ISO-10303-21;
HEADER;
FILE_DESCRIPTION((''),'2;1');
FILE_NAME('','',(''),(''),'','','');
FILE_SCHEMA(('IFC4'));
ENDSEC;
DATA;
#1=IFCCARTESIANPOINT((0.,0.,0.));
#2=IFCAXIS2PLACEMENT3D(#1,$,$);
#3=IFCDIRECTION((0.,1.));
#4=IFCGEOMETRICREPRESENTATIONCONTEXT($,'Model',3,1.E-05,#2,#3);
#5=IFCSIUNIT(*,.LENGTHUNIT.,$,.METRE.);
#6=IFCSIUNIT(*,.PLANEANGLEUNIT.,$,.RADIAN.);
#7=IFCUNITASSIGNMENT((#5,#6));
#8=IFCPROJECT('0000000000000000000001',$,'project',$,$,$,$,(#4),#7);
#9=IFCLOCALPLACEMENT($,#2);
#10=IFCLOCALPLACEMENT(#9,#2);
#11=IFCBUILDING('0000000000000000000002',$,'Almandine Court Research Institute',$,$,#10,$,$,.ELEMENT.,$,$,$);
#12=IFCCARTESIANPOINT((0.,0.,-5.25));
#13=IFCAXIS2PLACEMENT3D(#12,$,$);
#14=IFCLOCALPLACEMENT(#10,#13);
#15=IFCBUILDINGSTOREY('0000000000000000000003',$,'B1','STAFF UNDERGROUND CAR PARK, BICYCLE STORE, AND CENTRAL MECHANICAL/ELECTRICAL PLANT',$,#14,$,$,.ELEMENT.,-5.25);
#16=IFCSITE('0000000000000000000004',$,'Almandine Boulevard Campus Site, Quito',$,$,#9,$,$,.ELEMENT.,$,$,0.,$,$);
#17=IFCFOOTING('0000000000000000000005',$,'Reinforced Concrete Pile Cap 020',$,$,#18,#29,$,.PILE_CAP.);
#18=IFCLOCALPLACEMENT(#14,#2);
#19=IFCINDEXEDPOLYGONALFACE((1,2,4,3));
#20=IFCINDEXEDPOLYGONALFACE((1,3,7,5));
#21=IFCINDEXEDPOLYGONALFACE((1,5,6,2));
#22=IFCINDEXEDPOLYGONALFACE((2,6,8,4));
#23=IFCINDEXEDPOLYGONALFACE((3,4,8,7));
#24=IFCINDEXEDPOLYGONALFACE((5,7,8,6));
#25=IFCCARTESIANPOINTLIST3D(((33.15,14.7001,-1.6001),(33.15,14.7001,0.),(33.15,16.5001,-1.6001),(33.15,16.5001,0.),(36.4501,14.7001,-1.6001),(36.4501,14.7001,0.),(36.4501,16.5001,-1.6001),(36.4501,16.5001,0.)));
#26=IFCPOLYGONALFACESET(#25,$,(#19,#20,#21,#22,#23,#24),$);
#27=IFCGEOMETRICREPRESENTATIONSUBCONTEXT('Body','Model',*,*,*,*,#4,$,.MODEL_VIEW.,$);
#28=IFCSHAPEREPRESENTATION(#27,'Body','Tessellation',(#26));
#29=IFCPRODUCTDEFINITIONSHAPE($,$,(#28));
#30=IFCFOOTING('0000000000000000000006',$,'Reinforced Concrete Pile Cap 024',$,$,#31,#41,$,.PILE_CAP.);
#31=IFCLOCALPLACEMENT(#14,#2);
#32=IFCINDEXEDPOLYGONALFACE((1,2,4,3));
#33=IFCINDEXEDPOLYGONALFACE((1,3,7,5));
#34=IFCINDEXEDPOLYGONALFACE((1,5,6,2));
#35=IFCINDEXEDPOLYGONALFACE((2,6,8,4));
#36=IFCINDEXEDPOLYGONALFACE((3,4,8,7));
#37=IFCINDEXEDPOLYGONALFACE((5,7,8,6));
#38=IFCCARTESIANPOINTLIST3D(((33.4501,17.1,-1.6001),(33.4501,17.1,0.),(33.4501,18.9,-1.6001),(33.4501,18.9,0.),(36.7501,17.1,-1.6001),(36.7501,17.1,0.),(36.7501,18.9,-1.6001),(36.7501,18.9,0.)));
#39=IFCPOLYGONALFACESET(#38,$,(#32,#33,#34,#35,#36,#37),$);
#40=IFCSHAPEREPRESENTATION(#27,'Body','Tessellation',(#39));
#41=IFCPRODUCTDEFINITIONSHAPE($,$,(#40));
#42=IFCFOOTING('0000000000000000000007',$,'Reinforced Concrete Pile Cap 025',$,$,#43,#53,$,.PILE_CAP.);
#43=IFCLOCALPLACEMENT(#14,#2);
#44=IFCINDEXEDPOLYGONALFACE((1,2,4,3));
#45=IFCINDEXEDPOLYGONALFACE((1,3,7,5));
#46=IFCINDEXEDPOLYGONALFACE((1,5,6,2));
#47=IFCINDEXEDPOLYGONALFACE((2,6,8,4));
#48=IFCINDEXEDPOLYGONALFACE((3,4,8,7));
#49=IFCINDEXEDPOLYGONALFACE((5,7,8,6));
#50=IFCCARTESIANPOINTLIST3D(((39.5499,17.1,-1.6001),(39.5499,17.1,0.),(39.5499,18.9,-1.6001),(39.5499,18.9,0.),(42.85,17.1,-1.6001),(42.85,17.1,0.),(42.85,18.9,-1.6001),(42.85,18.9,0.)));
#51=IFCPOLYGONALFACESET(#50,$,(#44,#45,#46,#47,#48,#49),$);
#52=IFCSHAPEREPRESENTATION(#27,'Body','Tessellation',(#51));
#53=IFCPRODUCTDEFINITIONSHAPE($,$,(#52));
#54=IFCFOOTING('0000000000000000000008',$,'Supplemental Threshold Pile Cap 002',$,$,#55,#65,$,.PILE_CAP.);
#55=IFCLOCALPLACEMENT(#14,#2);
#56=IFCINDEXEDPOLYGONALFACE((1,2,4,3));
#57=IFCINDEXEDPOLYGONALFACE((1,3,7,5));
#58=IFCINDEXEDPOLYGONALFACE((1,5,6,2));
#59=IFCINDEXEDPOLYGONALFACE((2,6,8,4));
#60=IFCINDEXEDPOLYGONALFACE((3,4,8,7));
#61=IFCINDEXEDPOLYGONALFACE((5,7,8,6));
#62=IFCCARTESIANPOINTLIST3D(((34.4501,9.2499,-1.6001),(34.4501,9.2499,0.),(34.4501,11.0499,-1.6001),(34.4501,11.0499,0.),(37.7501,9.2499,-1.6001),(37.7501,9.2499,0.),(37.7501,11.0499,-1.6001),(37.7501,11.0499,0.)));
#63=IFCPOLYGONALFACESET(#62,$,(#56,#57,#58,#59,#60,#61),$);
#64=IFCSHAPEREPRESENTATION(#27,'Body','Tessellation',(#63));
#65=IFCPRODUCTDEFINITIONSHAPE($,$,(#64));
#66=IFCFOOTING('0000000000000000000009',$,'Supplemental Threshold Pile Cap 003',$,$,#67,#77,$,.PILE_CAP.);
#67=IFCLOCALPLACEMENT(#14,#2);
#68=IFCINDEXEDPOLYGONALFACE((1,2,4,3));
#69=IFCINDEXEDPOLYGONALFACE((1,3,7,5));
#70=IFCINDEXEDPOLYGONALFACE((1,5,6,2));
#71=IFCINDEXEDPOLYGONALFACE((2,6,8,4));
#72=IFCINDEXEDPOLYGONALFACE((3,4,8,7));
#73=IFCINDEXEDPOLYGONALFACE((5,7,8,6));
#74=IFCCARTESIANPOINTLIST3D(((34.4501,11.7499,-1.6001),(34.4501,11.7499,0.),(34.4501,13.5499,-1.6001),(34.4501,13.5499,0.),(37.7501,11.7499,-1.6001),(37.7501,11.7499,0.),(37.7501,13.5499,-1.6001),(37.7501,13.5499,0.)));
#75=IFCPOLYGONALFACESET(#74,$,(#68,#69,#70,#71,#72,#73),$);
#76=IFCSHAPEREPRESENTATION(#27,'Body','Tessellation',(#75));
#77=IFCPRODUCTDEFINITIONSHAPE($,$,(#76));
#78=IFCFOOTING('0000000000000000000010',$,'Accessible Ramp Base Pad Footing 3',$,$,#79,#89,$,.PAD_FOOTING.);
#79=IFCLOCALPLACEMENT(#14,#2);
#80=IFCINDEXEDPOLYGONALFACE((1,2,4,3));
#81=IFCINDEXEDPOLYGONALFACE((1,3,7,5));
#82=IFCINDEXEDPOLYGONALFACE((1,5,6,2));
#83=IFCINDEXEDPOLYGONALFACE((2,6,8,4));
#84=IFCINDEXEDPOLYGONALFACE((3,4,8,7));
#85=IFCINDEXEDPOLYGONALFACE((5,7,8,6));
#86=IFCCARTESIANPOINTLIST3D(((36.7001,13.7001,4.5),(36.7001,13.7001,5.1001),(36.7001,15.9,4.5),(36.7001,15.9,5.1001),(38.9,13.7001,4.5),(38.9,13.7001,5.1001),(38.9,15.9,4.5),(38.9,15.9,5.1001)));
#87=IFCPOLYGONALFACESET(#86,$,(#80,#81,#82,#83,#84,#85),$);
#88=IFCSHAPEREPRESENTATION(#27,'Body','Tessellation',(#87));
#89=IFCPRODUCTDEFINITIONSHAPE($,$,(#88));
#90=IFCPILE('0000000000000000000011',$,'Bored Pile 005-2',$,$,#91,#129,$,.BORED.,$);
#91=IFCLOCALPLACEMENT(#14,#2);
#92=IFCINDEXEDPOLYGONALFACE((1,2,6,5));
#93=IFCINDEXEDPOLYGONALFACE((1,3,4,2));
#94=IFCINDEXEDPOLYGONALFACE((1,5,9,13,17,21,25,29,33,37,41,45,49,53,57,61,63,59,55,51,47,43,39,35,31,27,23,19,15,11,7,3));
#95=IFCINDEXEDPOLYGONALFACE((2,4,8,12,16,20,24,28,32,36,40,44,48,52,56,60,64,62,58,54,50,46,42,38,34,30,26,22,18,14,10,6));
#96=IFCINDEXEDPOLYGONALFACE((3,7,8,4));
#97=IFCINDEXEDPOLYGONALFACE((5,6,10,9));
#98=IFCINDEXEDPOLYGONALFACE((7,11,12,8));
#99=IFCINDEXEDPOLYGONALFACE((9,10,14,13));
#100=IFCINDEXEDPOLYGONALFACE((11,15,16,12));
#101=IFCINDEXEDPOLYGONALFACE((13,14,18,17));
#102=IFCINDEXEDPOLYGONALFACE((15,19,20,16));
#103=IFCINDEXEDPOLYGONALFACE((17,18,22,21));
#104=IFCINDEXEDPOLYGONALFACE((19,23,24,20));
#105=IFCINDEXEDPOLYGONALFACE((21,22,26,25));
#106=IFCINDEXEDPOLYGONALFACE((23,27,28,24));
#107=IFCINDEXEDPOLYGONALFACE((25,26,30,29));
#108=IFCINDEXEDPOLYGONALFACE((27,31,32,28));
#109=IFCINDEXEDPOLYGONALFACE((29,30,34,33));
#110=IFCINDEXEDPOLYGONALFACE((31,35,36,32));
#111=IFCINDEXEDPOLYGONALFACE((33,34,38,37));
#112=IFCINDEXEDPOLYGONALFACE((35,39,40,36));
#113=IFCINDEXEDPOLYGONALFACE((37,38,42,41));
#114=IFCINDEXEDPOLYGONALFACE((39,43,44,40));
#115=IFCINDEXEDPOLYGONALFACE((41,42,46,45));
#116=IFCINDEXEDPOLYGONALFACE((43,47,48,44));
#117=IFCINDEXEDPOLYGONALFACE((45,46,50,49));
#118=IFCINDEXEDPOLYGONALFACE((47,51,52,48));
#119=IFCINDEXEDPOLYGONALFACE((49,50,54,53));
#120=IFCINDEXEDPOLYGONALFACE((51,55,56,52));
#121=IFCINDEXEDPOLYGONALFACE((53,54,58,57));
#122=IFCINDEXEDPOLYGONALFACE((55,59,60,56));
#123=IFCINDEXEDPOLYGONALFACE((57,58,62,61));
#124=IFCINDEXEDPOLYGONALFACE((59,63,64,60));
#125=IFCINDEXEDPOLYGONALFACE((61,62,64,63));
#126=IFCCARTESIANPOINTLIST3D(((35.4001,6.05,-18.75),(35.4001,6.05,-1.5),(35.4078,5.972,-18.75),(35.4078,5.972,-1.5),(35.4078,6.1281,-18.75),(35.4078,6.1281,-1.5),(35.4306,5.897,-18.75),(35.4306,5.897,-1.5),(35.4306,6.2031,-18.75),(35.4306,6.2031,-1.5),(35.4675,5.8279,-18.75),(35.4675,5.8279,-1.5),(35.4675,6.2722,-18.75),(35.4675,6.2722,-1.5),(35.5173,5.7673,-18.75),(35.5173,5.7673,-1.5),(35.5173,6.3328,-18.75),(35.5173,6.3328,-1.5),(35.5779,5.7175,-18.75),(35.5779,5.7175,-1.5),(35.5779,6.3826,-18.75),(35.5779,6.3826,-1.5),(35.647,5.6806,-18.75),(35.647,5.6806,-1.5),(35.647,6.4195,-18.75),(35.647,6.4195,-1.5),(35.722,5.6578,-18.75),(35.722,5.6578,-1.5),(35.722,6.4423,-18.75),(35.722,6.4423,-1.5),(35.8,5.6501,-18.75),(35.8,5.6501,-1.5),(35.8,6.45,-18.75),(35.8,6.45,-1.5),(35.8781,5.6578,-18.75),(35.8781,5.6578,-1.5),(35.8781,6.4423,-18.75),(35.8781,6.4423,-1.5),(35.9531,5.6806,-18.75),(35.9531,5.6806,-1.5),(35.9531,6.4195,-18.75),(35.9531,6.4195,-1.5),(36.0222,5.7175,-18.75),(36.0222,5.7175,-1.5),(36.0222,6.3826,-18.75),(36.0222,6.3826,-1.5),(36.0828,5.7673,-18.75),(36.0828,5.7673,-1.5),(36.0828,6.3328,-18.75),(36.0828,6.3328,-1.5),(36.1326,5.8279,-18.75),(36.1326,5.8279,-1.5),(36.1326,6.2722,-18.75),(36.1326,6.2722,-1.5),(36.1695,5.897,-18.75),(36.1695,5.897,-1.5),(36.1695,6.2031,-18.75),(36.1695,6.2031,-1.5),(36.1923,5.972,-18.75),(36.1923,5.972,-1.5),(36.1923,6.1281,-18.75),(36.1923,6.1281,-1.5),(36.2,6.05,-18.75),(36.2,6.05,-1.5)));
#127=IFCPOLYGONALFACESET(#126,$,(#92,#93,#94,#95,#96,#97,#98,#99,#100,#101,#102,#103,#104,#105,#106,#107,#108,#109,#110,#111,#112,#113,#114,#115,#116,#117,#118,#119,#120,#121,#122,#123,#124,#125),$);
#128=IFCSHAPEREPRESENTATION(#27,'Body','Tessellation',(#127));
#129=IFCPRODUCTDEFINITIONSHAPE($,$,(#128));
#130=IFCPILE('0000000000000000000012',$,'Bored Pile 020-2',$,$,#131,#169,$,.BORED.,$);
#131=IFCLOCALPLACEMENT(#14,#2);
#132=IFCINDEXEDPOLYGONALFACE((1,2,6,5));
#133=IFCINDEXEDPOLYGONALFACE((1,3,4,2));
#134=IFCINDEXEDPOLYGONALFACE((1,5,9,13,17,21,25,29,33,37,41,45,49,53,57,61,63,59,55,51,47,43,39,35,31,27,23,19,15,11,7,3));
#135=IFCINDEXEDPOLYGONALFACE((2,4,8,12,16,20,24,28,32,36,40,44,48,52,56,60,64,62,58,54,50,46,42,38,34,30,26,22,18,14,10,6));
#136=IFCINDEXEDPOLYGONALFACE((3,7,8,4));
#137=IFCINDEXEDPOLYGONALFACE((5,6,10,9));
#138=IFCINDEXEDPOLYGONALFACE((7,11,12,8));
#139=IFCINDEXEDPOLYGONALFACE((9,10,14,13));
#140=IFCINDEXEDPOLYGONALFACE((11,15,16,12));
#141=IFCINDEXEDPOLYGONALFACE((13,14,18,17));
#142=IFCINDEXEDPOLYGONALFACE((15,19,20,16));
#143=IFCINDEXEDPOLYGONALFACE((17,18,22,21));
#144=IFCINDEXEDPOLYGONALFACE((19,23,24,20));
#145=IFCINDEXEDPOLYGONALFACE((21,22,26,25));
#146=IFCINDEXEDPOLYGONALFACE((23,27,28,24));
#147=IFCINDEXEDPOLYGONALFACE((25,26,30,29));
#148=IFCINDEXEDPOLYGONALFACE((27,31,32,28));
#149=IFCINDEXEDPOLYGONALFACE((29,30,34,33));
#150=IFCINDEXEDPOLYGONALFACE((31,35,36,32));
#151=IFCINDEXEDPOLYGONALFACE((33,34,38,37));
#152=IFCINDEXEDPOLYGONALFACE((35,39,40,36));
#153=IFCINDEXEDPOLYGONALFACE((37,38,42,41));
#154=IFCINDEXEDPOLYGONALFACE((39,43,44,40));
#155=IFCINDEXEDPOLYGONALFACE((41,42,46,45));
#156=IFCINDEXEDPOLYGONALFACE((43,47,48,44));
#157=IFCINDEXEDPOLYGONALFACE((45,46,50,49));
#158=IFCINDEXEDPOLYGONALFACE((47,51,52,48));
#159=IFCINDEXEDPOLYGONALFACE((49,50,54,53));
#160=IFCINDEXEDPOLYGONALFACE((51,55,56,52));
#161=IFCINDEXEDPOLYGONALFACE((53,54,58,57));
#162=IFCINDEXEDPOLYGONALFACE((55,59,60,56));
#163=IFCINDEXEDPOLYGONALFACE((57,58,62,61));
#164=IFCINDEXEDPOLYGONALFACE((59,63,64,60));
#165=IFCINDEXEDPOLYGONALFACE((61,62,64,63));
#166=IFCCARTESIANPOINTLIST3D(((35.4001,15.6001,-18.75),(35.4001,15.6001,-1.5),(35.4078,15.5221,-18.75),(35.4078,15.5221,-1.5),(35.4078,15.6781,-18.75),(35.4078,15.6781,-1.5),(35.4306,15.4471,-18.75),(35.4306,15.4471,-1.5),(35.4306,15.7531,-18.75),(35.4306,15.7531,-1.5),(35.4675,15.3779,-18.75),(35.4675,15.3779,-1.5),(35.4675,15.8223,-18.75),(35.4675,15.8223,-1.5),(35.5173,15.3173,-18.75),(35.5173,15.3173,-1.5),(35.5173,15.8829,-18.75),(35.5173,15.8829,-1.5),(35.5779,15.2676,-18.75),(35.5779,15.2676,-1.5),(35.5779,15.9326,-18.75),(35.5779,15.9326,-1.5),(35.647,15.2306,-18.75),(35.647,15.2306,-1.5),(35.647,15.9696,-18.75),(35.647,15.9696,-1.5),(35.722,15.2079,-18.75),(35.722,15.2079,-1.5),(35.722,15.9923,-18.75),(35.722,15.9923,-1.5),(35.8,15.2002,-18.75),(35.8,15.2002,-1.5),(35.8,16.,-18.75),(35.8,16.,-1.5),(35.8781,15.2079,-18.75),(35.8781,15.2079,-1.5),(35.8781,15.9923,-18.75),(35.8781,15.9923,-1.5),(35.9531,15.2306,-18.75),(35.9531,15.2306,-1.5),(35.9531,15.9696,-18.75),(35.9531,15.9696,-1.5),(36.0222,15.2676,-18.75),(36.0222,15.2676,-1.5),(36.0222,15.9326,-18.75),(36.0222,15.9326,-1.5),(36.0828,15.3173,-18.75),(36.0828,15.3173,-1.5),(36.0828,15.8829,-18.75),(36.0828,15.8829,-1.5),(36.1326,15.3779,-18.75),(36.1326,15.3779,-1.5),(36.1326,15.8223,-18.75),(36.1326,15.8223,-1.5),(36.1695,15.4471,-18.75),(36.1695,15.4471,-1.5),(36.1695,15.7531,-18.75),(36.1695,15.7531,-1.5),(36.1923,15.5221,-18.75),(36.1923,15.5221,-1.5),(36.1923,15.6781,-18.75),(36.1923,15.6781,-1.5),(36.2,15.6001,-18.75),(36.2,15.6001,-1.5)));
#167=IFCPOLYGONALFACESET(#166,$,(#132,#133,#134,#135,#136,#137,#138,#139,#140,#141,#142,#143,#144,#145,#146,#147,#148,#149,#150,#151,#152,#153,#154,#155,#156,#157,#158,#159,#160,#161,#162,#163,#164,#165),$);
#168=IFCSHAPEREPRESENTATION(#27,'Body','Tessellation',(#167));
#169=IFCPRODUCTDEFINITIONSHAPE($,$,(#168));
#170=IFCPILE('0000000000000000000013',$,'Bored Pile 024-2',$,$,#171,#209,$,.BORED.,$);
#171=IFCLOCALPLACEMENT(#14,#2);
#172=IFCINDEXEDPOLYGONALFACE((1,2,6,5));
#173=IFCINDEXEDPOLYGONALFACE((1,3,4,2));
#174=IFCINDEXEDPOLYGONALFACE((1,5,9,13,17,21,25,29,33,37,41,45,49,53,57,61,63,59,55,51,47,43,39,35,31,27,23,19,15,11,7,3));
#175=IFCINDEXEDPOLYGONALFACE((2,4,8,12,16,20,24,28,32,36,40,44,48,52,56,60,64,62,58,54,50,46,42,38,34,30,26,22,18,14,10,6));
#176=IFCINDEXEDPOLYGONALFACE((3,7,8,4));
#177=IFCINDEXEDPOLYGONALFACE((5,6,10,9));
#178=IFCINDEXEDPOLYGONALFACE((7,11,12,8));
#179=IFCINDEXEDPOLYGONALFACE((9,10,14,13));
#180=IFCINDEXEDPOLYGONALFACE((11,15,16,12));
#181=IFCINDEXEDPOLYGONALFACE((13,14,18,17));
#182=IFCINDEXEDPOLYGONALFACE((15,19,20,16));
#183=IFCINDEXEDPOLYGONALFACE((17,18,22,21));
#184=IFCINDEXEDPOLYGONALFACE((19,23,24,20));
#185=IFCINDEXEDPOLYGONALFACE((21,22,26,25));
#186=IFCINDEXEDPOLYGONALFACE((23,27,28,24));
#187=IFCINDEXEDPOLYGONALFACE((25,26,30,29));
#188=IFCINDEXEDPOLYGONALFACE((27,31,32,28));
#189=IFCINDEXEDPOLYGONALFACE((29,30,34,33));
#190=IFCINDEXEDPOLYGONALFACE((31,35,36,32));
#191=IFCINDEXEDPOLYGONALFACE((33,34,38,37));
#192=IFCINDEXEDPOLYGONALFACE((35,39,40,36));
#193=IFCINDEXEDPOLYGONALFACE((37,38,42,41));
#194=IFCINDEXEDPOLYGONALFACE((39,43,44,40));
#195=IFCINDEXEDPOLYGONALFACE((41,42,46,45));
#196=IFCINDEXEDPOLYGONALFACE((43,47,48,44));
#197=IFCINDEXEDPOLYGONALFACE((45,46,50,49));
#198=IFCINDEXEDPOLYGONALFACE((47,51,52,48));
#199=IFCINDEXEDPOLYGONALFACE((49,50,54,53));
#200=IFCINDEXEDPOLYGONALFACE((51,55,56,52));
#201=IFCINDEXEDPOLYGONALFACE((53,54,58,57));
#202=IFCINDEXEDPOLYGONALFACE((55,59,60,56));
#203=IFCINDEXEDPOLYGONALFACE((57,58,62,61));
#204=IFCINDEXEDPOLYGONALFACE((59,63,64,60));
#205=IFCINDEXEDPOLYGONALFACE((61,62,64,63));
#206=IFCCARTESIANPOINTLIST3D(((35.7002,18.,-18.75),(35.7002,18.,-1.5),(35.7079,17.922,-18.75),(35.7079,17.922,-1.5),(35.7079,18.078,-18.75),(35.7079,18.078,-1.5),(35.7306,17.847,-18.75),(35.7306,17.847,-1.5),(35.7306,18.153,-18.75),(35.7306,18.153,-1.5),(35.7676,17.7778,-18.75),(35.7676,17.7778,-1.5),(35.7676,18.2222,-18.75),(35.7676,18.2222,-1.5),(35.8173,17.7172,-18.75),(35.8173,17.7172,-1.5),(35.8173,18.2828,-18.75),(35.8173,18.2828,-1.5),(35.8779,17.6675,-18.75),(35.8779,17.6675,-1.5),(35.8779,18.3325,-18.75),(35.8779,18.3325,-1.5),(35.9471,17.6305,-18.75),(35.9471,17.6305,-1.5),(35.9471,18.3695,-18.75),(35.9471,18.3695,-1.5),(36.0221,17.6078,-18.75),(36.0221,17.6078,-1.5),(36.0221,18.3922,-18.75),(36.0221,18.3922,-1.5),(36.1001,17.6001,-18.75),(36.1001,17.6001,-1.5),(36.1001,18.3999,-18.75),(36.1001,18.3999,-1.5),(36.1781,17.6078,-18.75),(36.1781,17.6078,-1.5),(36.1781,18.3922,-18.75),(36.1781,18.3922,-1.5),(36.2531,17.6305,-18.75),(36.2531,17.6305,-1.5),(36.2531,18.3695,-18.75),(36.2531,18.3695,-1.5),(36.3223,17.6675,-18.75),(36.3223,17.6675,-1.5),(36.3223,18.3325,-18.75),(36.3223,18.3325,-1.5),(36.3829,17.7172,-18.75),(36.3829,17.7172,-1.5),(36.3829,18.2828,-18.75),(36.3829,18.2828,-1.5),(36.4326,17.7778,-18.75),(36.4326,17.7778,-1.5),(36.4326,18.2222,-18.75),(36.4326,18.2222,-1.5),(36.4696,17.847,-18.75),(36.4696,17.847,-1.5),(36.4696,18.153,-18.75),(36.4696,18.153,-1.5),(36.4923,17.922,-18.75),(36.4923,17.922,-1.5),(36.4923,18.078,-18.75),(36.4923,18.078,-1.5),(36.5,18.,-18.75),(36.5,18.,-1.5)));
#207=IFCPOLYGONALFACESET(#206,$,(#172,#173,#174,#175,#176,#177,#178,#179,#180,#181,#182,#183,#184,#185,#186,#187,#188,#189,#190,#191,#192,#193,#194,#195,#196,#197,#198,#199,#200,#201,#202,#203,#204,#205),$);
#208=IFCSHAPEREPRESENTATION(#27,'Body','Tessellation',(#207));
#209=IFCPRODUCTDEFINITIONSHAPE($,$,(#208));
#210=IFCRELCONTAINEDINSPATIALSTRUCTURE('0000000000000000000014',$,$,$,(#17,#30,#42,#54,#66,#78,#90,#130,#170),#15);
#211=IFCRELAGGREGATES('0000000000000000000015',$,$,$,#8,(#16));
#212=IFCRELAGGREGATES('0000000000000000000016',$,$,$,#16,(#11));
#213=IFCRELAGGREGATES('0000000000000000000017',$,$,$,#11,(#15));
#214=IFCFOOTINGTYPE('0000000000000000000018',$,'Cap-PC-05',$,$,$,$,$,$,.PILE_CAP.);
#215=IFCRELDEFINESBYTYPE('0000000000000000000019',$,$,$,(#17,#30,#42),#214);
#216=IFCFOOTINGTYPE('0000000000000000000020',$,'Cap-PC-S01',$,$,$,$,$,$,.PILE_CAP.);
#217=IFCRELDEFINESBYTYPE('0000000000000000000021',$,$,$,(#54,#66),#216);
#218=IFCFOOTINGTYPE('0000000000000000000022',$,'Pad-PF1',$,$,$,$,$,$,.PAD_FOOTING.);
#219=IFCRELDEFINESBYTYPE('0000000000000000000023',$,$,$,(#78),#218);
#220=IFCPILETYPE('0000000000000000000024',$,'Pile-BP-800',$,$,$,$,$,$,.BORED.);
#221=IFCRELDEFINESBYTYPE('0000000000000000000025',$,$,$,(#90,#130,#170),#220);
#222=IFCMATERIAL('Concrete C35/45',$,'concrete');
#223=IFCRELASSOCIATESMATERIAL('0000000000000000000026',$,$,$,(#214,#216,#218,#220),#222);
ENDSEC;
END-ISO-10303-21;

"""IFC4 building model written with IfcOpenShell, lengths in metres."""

from ifc_helpers import new_model, si_unit, direction, frame, origin, origin_2d, place, context, subcontext, project, spatial, rectangle, circle, extrude, material, material_profile, profile_set, type_object, element, save


model = new_model("IFC4")

# Units and contexts
model_context = context("Model", 3, precision=1e-05, world=origin(), true_north=direction((0.0, 1.0)))
body_context = subcontext(model_context, "Body", "Model", "MODEL_VIEW")
ifc_project = project(units=[si_unit("LENGTHUNIT", "METRE"), si_unit("PLANEANGLEUNIT", "RADIAN")], contexts=[model_context])

# Site, building, storey
site_placement = place(None, origin())
site = spatial("IfcSite", under=ifc_project, at=site_placement, Name="Almandine Boulevard Campus Site, Quito", CompositionType="ELEMENT", RefElevation=0.0)
building_placement = place(site_placement, origin())
building = spatial("IfcBuilding", under=site, at=building_placement, Name="Almandine Court Research Institute", CompositionType="ELEMENT")
storey_placement = place(building_placement, frame((0.0, 0.0, -5.25)))
storey = spatial("IfcBuildingStorey", under=building, at=storey_placement, Name="B1", Description="STAFF UNDERGROUND CAR PARK, BICYCLE STORE, AND CENTRAL MECHANICAL/ELECTRICAL PLANT", CompositionType="ELEMENT", Elevation=-5.25)

# Footings
ifc_material_1 = material(Name="Concrete C35/45", Category="concrete")
footing_type_1 = type_object("IfcFootingType", Name="Cap-PC-05", PredefinedType="PILE_CAP", material=ifc_material_1)
for number, where, z_axis, x_axis, name in (
    (1, (34.8, 15.6001, -1.6001), (0.0, 0.0, 1.0), (1.0, 0.0, 0.0), "Reinforced Concrete Pile Cap 020"),
    (2, (35.1001, 18.0, -1.6001), (0.0, 0.0, 1.0), (1.0, 0.0, 0.0), "Reinforced Concrete Pile Cap 024"),
    (3, (41.2, 18.0, -1.6001), (0.0, 0.0, 1.0), (1.0, 0.0, 0.0), "Reinforced Concrete Pile Cap 025"),
):
    element("IfcFooting", number, at=place(storey_placement, frame(where, z_axis=z_axis, x_axis=x_axis)), inside=storey, type_object=footing_type_1, Name=name, PredefinedType="PILE_CAP", context=body_context, shape_type="SweptSolid", body=[
        extrude(rectangle(XDim=3.3, YDim=1.8, at=origin_2d()), origin(), (0.0, 0.0, 1.0), 1.6001),
    ])
footing_type_2 = type_object("IfcFootingType", Name="Cap-PC-S01", PredefinedType="PILE_CAP", material=ifc_material_1)
for number, where, z_axis, x_axis, name in (
    (4, (36.1001, 10.1499, -1.6001), (0.0, 0.0, 1.0), (1.0, 0.0, 0.0), "Supplemental Threshold Pile Cap 002"),
    (5, (36.1001, 12.6499, -1.6001), (0.0, 0.0, 1.0), (1.0, 0.0, 0.0), "Supplemental Threshold Pile Cap 003"),
):
    element("IfcFooting", number, at=place(storey_placement, frame(where, z_axis=z_axis, x_axis=x_axis)), inside=storey, type_object=footing_type_2, Name=name, PredefinedType="PILE_CAP", context=body_context, shape_type="SweptSolid", body=[
        extrude(rectangle(XDim=3.3, YDim=1.8, at=origin_2d()), origin(), (0.0, 0.0, 1.0), 1.6001),
    ])
footing_type_3 = type_object("IfcFootingType", Name="Pad-PF1", PredefinedType="PAD_FOOTING", material=ifc_material_1)
footing_1_placement = place(storey_placement, frame((37.8, 14.8, 4.5), z_axis=(0.0, 0.0, 1.0), x_axis=(1.0, 0.0, 0.0)))
element("IfcFooting", 6, at=footing_1_placement, inside=storey, type_object=footing_type_3, Name="Accessible Ramp Base Pad Footing 3", PredefinedType="PAD_FOOTING", context=body_context, shape_type="SweptSolid", body=[
    extrude(rectangle(XDim=2.2, YDim=2.2, at=origin_2d()), origin(), (0.0, 0.0, 1.0), 0.6001),
])

# Piles
ifc_material_profile_1 = material_profile(ifc_material_1, circle(Radius=0.3999, at=origin_2d()), Name="BORED PILE D800")
ifc_profile_set_1 = profile_set([ifc_material_profile_1], Name="Concrete C35/45")
pile_type = type_object("IfcPileType", Name="Pile-BP-800", PredefinedType="BORED", material=ifc_profile_set_1)
for number, where, z_axis, x_axis, name in (
    (7, (35.8, 6.05, -1.5), (0.0, 0.0, -1.0), (1.0, 0.0, 0.0), "Bored Pile 005-2"),
    (8, (35.8, 15.6001, -1.5), (0.0, 0.0, -1.0), (1.0, 0.0, 0.0), "Bored Pile 020-2"),
    (9, (36.1001, 18.0, -1.5), (0.0, 0.0, -1.0), (1.0, 0.0, 0.0), "Bored Pile 024-2"),
):
    element("IfcPile", number, at=place(storey_placement, frame(where, z_axis=z_axis, x_axis=x_axis)), inside=storey, type_object=pile_type, Name=name, PredefinedType="BORED", context=body_context, shape_type="SweptSolid", body=[
        extrude(circle(Radius=0.3999, at=origin_2d()), origin(), (0.0, 0.0, 1.0), 17.25),
    ])

save(model, "model.ifc")
